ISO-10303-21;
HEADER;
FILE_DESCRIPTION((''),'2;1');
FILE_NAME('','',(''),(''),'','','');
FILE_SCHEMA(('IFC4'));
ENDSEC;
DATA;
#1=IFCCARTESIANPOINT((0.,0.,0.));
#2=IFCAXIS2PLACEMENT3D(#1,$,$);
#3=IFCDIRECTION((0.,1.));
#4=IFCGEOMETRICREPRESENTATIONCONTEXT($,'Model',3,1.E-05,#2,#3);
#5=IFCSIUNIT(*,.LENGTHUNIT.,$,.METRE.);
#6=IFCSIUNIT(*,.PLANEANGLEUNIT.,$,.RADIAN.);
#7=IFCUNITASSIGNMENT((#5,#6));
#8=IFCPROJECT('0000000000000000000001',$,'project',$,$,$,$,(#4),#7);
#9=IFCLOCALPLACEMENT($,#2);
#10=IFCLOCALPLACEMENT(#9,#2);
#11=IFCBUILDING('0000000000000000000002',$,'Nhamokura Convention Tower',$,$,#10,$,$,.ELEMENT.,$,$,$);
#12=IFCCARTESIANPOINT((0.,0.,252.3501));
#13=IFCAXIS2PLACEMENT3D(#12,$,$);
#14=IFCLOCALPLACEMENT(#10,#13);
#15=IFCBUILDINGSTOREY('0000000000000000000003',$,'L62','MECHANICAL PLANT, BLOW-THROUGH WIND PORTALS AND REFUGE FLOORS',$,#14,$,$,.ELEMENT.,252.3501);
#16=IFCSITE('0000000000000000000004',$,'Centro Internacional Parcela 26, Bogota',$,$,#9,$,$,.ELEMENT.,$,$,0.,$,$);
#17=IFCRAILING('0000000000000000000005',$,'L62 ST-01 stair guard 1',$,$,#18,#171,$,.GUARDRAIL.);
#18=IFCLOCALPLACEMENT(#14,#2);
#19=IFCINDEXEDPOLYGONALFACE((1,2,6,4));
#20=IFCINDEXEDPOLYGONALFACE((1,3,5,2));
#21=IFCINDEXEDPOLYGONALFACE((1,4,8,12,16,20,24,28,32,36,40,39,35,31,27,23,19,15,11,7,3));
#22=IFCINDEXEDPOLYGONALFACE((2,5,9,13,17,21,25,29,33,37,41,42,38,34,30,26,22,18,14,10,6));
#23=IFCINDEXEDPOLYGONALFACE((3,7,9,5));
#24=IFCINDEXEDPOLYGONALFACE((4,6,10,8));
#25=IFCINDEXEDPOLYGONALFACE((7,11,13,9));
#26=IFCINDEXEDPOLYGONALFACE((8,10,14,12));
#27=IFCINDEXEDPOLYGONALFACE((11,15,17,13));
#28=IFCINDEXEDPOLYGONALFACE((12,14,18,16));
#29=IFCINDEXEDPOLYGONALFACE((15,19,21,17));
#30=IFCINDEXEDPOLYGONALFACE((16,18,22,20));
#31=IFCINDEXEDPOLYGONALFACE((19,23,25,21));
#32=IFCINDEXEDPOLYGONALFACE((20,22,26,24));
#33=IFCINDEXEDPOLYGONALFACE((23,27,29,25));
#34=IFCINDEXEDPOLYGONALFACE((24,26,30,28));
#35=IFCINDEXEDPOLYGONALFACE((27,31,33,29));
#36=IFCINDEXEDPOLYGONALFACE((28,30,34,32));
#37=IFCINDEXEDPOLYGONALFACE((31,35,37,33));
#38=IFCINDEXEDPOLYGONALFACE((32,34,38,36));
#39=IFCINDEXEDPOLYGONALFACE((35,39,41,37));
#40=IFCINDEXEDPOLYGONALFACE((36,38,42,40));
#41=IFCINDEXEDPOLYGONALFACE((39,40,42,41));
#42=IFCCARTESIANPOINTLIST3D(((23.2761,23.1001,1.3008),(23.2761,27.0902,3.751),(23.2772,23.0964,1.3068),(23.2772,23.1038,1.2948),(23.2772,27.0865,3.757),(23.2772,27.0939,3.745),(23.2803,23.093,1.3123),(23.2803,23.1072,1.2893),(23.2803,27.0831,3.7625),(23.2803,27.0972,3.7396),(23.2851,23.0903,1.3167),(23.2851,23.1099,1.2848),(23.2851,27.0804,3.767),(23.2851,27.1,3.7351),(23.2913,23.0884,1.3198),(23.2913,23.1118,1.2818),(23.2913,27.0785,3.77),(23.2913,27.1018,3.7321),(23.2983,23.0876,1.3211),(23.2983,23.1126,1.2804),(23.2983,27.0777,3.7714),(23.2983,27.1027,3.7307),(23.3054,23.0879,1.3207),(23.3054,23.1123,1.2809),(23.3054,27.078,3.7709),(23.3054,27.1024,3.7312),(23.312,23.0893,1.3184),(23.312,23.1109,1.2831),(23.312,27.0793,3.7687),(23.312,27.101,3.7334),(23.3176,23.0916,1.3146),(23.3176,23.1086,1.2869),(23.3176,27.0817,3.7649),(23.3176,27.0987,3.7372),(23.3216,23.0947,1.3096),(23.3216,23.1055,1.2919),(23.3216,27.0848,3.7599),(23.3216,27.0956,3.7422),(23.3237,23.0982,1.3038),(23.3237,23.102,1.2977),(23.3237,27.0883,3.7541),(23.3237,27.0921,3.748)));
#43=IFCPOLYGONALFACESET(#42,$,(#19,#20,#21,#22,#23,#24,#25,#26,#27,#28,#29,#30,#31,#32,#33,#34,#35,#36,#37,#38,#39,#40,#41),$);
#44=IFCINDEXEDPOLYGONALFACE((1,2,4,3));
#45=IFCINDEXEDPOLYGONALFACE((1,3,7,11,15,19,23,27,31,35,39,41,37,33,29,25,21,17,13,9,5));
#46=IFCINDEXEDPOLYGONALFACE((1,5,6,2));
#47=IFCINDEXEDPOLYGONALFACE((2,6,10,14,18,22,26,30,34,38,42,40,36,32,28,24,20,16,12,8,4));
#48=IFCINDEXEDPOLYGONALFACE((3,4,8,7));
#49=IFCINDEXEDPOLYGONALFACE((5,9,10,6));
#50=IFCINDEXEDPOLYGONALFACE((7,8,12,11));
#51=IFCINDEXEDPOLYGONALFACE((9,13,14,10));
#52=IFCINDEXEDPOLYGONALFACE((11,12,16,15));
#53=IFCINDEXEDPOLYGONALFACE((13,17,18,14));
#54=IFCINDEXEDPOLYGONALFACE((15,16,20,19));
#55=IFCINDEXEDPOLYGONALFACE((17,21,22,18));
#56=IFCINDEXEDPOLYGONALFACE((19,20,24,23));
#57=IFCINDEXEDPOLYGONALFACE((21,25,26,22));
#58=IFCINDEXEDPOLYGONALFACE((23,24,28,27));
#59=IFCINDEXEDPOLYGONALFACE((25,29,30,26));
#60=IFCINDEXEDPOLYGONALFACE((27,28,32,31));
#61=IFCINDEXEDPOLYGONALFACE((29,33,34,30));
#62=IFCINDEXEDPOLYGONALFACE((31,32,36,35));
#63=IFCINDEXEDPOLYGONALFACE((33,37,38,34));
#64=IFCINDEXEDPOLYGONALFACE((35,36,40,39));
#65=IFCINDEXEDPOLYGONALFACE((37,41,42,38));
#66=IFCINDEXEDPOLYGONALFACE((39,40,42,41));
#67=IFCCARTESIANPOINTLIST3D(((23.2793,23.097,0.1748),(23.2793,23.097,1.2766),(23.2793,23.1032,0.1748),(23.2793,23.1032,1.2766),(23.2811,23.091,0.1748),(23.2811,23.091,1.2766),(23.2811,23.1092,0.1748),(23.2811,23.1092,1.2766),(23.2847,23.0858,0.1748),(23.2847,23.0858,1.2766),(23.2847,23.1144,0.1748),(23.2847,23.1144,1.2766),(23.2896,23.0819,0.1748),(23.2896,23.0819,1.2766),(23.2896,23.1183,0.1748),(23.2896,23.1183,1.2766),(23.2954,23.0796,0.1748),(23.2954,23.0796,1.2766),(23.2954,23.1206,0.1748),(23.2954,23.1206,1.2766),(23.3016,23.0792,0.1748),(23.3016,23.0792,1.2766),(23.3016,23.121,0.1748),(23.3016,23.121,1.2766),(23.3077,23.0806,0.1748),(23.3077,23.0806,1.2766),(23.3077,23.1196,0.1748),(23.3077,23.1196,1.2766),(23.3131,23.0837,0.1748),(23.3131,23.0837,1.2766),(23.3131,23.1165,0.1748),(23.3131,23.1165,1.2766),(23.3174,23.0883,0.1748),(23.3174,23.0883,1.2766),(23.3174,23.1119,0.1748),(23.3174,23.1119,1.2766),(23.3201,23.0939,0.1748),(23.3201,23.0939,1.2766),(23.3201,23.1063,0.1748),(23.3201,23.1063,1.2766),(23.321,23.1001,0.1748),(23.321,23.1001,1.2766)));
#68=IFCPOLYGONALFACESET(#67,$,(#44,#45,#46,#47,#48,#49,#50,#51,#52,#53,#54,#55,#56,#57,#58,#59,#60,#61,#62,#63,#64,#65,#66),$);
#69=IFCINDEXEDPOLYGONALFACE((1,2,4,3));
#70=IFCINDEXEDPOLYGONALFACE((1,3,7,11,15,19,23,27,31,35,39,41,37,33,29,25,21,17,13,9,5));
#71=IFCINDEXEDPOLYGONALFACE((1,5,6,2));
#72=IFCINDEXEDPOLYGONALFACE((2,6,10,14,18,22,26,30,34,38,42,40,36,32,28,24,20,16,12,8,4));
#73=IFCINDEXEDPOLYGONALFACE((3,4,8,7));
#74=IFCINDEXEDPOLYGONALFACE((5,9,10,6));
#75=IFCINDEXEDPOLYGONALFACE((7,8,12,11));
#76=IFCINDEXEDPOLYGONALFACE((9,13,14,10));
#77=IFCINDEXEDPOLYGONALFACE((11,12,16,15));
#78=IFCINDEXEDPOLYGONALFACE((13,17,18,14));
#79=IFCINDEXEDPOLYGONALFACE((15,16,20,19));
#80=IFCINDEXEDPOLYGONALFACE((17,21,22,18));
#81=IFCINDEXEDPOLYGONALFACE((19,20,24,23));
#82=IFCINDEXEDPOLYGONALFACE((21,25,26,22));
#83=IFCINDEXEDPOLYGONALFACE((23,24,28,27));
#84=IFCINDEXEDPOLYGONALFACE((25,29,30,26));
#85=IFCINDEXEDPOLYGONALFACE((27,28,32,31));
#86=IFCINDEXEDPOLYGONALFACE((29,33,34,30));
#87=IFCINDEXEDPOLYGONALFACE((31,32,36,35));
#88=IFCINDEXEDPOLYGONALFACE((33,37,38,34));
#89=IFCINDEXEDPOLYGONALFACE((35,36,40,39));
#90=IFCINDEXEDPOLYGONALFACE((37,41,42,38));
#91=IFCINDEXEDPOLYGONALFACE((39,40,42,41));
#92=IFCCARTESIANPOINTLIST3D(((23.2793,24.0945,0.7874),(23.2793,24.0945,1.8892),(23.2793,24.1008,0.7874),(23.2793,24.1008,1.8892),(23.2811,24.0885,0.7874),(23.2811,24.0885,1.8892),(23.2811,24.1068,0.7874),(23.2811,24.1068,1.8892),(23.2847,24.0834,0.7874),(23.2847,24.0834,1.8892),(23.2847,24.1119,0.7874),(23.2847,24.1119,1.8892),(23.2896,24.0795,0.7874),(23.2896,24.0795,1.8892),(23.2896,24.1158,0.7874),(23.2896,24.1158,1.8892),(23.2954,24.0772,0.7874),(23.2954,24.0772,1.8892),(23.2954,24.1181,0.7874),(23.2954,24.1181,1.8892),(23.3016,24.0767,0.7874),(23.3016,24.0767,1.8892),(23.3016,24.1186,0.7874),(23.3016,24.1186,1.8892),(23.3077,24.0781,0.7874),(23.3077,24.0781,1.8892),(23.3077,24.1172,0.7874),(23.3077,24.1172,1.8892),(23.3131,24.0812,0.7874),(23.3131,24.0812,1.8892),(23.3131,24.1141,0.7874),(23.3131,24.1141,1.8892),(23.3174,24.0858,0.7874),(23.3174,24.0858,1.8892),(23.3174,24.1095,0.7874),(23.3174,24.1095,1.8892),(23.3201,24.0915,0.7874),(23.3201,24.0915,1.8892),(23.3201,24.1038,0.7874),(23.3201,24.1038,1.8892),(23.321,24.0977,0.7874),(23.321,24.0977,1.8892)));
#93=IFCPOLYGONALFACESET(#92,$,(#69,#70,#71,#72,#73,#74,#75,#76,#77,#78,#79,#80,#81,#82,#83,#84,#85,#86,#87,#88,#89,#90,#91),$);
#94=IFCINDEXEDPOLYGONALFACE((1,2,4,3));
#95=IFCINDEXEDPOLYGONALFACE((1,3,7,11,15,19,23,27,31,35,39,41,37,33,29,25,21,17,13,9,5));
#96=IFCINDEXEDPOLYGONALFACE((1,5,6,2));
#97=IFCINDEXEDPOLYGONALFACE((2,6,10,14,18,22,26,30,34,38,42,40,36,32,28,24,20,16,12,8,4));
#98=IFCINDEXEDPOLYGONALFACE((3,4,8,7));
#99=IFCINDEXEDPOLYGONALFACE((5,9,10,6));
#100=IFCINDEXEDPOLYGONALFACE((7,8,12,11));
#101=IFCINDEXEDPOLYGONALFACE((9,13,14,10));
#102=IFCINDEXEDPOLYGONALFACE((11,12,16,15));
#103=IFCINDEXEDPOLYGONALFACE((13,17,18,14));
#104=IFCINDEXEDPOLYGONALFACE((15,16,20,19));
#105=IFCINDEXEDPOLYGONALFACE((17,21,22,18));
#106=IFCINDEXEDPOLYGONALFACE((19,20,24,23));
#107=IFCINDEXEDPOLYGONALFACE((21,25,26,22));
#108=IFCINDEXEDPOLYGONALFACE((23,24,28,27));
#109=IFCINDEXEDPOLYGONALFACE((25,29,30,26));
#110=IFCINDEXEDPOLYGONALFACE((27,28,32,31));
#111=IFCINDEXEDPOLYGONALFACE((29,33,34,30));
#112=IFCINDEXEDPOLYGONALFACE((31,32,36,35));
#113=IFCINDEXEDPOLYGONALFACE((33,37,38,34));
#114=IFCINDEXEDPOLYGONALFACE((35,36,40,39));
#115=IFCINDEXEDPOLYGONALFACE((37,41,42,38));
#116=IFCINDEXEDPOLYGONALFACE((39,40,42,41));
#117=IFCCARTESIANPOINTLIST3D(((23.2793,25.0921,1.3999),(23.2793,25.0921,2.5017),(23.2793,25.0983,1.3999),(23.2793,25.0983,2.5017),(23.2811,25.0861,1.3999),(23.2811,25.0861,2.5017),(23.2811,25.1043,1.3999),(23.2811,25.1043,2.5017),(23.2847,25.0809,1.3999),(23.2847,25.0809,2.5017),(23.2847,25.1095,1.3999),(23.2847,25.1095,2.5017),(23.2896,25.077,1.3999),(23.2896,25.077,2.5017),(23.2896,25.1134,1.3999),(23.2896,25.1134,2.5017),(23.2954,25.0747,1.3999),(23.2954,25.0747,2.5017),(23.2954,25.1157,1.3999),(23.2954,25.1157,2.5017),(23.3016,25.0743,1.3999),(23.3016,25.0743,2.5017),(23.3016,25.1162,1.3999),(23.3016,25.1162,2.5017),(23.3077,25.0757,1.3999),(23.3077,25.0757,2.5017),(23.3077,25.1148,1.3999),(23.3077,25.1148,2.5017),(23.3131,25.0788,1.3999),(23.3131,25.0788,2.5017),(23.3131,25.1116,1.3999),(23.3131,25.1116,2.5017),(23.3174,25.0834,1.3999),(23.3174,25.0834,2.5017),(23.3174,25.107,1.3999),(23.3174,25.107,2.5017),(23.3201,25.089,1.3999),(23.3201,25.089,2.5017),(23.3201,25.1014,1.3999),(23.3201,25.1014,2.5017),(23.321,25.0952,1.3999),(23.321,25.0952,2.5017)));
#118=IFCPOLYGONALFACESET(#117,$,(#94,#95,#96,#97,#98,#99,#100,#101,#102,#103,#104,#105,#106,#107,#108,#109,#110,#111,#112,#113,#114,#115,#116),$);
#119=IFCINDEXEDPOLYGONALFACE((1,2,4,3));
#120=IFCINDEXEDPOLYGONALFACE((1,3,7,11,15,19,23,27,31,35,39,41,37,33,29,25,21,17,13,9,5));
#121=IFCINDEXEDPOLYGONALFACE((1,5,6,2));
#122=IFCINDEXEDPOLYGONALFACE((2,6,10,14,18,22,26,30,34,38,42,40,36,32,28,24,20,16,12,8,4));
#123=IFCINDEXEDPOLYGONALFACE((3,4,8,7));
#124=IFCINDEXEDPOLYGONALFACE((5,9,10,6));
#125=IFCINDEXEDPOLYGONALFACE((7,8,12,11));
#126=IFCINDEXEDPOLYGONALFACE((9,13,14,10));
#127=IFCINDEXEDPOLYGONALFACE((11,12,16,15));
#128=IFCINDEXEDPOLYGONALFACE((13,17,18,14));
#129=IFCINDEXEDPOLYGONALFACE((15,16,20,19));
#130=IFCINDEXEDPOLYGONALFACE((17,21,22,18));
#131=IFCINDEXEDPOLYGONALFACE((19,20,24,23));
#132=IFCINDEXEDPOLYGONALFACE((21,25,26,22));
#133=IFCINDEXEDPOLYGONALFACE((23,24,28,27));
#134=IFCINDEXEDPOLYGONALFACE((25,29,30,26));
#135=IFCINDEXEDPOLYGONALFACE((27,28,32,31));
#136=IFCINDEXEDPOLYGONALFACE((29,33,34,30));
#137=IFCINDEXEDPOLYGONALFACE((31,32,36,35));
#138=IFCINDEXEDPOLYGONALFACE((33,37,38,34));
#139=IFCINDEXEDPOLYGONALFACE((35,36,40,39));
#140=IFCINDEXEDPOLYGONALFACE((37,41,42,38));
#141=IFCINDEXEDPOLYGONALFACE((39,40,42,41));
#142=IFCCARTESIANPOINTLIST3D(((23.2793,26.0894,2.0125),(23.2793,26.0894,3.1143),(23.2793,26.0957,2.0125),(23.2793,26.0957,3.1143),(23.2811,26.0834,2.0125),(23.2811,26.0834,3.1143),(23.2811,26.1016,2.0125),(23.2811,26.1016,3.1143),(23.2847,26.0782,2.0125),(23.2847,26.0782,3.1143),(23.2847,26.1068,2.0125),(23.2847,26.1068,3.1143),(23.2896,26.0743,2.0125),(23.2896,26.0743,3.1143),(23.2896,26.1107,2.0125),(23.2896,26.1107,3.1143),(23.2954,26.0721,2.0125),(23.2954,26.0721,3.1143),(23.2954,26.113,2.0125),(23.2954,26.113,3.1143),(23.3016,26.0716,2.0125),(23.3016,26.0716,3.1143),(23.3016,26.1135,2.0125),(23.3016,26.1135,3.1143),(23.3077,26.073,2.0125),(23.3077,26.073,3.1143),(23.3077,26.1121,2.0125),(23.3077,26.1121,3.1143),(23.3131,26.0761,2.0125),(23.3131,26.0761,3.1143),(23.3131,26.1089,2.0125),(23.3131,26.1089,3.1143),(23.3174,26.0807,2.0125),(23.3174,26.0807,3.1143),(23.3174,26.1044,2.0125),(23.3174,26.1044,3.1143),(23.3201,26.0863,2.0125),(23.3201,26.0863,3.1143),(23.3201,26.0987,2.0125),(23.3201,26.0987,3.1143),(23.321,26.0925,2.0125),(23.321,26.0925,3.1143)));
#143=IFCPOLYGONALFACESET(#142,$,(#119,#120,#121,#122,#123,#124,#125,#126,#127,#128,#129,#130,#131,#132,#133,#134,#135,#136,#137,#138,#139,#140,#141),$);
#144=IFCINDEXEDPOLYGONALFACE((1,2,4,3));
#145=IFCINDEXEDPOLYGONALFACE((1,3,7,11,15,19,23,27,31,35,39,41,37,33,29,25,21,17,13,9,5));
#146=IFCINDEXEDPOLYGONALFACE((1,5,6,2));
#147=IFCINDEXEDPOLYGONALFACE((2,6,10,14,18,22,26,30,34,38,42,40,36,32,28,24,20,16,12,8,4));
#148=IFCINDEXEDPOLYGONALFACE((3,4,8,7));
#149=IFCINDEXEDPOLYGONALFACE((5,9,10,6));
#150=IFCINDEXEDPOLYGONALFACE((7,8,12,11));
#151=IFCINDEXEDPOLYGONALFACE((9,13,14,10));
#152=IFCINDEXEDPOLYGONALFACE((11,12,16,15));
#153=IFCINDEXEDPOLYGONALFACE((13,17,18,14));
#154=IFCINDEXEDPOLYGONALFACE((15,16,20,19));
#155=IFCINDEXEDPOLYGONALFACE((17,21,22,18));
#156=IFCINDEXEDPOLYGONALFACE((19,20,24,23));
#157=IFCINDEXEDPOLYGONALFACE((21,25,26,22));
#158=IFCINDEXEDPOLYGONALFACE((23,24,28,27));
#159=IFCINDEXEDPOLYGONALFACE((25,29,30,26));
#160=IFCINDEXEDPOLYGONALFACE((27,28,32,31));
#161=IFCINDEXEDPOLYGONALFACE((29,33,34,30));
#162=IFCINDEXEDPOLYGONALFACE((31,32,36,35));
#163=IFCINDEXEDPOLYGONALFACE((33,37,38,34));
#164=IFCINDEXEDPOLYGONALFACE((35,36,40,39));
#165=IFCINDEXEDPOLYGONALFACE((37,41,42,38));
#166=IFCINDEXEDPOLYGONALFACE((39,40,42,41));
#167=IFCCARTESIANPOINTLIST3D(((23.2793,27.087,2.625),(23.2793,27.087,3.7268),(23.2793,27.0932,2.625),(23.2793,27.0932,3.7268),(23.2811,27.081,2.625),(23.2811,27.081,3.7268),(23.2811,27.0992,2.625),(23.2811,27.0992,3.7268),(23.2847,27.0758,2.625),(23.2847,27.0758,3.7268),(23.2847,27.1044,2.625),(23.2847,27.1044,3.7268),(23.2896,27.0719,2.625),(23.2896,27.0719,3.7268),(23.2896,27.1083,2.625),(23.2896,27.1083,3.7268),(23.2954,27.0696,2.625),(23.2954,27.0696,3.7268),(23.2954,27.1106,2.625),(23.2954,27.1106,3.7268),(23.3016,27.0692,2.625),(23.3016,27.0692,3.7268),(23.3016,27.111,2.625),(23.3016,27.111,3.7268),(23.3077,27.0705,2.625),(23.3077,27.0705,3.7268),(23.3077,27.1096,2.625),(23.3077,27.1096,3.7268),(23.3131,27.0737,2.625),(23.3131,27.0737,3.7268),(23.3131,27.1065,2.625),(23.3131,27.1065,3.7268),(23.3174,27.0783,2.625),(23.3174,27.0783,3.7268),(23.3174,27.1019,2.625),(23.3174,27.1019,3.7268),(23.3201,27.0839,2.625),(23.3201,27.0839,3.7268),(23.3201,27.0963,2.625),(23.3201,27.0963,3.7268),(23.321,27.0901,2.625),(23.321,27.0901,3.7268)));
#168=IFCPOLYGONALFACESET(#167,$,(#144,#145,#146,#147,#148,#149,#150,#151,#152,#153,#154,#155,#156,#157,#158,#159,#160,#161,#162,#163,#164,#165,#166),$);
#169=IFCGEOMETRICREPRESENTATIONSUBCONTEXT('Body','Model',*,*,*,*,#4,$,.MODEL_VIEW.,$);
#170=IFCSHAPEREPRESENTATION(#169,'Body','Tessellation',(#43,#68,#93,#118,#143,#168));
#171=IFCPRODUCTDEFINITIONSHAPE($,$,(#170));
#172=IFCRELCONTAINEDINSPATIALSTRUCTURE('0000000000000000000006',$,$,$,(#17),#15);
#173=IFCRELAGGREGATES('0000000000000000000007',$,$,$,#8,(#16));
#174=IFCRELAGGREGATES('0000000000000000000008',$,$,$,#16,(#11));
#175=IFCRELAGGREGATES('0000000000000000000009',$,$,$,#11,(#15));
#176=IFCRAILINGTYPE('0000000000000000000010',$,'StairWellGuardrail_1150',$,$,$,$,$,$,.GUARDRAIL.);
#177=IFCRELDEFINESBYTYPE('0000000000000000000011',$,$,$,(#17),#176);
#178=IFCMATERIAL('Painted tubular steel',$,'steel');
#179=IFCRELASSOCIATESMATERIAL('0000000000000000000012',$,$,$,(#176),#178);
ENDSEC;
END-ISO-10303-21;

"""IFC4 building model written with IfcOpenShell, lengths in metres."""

from ifc_helpers import new_model, si_unit, direction, frame, origin, origin_2d, place, context, subcontext, project, spatial, circle, extrude, material, type_object, element, save


model = new_model("IFC4")

# Units and contexts
model_context = context("Model", 3, precision=1e-05, world=origin(), true_north=direction((0.0, 1.0)))
body_context = subcontext(model_context, "Body", "Model", "MODEL_VIEW")
ifc_project = project(units=[si_unit("LENGTHUNIT", "METRE"), si_unit("PLANEANGLEUNIT", "RADIAN")], contexts=[model_context])

# Site, building, storey
site_placement = place(None, origin())
site = spatial("IfcSite", under=ifc_project, at=site_placement, Name="Centro Internacional Parcela 26, Bogota", CompositionType="ELEMENT", RefElevation=0.0)
building_placement = place(site_placement, origin())
building = spatial("IfcBuilding", under=site, at=building_placement, Name="Nhamokura Convention Tower", CompositionType="ELEMENT")
storey_placement = place(building_placement, frame((0.0, 0.0, 252.3501)))
storey = spatial("IfcBuildingStorey", under=building, at=storey_placement, Name="L62", Description="MECHANICAL PLANT, BLOW-THROUGH WIND PORTALS AND REFUGE FLOORS", CompositionType="ELEMENT", Elevation=252.3501)

# Railing
ifc_material_1 = material(Name="Painted tubular steel", Category="steel")
railing_type_1 = type_object("IfcRailingType", Name="StairWellGuardrail_1150", PredefinedType="GUARDRAIL", material=ifc_material_1)
railing_1_placement = place(storey_placement, frame((23.3, 23.1001, 0.1748)))
element("IfcRailing", 1, at=railing_1_placement, inside=storey, type_object=railing_type_1, Name="L62 ST-01 stair guard 1", PredefinedType="GUARDRAIL", context=body_context, shape_type="SweptSolid", body=[
    extrude(circle(Radius=0.0239, at=origin_2d()), frame((0.0, 0.0, 1.126), z_axis=(0.0, 0.852152, 0.523294), x_axis=(-1.0, 0.0, 0.0)), (0.0, 0.0, 1.0), 4.6824),
    extrude(circle(Radius=0.021, at=origin_2d()), origin(), (0.0, 0.0, 1.0), 1.1018),
    extrude(circle(Radius=0.021, at=origin_2d()), frame((0.0, 0.9976, 0.6125)), (0.0, 0.0, 1.0), 1.1018),
    extrude(circle(Radius=0.021, at=origin_2d()), frame((0.0, 1.9951, 1.2251)), (0.0, 0.0, 1.0), 1.1018),
    extrude(circle(Radius=0.021, at=origin_2d()), frame((0.0, 2.9924, 1.8376)), (0.0, 0.0, 1.0), 1.1018),
    extrude(circle(Radius=0.021, at=origin_2d()), frame((0.0, 3.99, 2.4502)), (0.0, 0.0, 1.0), 1.1018),
])

save(model, "model.ifc")
